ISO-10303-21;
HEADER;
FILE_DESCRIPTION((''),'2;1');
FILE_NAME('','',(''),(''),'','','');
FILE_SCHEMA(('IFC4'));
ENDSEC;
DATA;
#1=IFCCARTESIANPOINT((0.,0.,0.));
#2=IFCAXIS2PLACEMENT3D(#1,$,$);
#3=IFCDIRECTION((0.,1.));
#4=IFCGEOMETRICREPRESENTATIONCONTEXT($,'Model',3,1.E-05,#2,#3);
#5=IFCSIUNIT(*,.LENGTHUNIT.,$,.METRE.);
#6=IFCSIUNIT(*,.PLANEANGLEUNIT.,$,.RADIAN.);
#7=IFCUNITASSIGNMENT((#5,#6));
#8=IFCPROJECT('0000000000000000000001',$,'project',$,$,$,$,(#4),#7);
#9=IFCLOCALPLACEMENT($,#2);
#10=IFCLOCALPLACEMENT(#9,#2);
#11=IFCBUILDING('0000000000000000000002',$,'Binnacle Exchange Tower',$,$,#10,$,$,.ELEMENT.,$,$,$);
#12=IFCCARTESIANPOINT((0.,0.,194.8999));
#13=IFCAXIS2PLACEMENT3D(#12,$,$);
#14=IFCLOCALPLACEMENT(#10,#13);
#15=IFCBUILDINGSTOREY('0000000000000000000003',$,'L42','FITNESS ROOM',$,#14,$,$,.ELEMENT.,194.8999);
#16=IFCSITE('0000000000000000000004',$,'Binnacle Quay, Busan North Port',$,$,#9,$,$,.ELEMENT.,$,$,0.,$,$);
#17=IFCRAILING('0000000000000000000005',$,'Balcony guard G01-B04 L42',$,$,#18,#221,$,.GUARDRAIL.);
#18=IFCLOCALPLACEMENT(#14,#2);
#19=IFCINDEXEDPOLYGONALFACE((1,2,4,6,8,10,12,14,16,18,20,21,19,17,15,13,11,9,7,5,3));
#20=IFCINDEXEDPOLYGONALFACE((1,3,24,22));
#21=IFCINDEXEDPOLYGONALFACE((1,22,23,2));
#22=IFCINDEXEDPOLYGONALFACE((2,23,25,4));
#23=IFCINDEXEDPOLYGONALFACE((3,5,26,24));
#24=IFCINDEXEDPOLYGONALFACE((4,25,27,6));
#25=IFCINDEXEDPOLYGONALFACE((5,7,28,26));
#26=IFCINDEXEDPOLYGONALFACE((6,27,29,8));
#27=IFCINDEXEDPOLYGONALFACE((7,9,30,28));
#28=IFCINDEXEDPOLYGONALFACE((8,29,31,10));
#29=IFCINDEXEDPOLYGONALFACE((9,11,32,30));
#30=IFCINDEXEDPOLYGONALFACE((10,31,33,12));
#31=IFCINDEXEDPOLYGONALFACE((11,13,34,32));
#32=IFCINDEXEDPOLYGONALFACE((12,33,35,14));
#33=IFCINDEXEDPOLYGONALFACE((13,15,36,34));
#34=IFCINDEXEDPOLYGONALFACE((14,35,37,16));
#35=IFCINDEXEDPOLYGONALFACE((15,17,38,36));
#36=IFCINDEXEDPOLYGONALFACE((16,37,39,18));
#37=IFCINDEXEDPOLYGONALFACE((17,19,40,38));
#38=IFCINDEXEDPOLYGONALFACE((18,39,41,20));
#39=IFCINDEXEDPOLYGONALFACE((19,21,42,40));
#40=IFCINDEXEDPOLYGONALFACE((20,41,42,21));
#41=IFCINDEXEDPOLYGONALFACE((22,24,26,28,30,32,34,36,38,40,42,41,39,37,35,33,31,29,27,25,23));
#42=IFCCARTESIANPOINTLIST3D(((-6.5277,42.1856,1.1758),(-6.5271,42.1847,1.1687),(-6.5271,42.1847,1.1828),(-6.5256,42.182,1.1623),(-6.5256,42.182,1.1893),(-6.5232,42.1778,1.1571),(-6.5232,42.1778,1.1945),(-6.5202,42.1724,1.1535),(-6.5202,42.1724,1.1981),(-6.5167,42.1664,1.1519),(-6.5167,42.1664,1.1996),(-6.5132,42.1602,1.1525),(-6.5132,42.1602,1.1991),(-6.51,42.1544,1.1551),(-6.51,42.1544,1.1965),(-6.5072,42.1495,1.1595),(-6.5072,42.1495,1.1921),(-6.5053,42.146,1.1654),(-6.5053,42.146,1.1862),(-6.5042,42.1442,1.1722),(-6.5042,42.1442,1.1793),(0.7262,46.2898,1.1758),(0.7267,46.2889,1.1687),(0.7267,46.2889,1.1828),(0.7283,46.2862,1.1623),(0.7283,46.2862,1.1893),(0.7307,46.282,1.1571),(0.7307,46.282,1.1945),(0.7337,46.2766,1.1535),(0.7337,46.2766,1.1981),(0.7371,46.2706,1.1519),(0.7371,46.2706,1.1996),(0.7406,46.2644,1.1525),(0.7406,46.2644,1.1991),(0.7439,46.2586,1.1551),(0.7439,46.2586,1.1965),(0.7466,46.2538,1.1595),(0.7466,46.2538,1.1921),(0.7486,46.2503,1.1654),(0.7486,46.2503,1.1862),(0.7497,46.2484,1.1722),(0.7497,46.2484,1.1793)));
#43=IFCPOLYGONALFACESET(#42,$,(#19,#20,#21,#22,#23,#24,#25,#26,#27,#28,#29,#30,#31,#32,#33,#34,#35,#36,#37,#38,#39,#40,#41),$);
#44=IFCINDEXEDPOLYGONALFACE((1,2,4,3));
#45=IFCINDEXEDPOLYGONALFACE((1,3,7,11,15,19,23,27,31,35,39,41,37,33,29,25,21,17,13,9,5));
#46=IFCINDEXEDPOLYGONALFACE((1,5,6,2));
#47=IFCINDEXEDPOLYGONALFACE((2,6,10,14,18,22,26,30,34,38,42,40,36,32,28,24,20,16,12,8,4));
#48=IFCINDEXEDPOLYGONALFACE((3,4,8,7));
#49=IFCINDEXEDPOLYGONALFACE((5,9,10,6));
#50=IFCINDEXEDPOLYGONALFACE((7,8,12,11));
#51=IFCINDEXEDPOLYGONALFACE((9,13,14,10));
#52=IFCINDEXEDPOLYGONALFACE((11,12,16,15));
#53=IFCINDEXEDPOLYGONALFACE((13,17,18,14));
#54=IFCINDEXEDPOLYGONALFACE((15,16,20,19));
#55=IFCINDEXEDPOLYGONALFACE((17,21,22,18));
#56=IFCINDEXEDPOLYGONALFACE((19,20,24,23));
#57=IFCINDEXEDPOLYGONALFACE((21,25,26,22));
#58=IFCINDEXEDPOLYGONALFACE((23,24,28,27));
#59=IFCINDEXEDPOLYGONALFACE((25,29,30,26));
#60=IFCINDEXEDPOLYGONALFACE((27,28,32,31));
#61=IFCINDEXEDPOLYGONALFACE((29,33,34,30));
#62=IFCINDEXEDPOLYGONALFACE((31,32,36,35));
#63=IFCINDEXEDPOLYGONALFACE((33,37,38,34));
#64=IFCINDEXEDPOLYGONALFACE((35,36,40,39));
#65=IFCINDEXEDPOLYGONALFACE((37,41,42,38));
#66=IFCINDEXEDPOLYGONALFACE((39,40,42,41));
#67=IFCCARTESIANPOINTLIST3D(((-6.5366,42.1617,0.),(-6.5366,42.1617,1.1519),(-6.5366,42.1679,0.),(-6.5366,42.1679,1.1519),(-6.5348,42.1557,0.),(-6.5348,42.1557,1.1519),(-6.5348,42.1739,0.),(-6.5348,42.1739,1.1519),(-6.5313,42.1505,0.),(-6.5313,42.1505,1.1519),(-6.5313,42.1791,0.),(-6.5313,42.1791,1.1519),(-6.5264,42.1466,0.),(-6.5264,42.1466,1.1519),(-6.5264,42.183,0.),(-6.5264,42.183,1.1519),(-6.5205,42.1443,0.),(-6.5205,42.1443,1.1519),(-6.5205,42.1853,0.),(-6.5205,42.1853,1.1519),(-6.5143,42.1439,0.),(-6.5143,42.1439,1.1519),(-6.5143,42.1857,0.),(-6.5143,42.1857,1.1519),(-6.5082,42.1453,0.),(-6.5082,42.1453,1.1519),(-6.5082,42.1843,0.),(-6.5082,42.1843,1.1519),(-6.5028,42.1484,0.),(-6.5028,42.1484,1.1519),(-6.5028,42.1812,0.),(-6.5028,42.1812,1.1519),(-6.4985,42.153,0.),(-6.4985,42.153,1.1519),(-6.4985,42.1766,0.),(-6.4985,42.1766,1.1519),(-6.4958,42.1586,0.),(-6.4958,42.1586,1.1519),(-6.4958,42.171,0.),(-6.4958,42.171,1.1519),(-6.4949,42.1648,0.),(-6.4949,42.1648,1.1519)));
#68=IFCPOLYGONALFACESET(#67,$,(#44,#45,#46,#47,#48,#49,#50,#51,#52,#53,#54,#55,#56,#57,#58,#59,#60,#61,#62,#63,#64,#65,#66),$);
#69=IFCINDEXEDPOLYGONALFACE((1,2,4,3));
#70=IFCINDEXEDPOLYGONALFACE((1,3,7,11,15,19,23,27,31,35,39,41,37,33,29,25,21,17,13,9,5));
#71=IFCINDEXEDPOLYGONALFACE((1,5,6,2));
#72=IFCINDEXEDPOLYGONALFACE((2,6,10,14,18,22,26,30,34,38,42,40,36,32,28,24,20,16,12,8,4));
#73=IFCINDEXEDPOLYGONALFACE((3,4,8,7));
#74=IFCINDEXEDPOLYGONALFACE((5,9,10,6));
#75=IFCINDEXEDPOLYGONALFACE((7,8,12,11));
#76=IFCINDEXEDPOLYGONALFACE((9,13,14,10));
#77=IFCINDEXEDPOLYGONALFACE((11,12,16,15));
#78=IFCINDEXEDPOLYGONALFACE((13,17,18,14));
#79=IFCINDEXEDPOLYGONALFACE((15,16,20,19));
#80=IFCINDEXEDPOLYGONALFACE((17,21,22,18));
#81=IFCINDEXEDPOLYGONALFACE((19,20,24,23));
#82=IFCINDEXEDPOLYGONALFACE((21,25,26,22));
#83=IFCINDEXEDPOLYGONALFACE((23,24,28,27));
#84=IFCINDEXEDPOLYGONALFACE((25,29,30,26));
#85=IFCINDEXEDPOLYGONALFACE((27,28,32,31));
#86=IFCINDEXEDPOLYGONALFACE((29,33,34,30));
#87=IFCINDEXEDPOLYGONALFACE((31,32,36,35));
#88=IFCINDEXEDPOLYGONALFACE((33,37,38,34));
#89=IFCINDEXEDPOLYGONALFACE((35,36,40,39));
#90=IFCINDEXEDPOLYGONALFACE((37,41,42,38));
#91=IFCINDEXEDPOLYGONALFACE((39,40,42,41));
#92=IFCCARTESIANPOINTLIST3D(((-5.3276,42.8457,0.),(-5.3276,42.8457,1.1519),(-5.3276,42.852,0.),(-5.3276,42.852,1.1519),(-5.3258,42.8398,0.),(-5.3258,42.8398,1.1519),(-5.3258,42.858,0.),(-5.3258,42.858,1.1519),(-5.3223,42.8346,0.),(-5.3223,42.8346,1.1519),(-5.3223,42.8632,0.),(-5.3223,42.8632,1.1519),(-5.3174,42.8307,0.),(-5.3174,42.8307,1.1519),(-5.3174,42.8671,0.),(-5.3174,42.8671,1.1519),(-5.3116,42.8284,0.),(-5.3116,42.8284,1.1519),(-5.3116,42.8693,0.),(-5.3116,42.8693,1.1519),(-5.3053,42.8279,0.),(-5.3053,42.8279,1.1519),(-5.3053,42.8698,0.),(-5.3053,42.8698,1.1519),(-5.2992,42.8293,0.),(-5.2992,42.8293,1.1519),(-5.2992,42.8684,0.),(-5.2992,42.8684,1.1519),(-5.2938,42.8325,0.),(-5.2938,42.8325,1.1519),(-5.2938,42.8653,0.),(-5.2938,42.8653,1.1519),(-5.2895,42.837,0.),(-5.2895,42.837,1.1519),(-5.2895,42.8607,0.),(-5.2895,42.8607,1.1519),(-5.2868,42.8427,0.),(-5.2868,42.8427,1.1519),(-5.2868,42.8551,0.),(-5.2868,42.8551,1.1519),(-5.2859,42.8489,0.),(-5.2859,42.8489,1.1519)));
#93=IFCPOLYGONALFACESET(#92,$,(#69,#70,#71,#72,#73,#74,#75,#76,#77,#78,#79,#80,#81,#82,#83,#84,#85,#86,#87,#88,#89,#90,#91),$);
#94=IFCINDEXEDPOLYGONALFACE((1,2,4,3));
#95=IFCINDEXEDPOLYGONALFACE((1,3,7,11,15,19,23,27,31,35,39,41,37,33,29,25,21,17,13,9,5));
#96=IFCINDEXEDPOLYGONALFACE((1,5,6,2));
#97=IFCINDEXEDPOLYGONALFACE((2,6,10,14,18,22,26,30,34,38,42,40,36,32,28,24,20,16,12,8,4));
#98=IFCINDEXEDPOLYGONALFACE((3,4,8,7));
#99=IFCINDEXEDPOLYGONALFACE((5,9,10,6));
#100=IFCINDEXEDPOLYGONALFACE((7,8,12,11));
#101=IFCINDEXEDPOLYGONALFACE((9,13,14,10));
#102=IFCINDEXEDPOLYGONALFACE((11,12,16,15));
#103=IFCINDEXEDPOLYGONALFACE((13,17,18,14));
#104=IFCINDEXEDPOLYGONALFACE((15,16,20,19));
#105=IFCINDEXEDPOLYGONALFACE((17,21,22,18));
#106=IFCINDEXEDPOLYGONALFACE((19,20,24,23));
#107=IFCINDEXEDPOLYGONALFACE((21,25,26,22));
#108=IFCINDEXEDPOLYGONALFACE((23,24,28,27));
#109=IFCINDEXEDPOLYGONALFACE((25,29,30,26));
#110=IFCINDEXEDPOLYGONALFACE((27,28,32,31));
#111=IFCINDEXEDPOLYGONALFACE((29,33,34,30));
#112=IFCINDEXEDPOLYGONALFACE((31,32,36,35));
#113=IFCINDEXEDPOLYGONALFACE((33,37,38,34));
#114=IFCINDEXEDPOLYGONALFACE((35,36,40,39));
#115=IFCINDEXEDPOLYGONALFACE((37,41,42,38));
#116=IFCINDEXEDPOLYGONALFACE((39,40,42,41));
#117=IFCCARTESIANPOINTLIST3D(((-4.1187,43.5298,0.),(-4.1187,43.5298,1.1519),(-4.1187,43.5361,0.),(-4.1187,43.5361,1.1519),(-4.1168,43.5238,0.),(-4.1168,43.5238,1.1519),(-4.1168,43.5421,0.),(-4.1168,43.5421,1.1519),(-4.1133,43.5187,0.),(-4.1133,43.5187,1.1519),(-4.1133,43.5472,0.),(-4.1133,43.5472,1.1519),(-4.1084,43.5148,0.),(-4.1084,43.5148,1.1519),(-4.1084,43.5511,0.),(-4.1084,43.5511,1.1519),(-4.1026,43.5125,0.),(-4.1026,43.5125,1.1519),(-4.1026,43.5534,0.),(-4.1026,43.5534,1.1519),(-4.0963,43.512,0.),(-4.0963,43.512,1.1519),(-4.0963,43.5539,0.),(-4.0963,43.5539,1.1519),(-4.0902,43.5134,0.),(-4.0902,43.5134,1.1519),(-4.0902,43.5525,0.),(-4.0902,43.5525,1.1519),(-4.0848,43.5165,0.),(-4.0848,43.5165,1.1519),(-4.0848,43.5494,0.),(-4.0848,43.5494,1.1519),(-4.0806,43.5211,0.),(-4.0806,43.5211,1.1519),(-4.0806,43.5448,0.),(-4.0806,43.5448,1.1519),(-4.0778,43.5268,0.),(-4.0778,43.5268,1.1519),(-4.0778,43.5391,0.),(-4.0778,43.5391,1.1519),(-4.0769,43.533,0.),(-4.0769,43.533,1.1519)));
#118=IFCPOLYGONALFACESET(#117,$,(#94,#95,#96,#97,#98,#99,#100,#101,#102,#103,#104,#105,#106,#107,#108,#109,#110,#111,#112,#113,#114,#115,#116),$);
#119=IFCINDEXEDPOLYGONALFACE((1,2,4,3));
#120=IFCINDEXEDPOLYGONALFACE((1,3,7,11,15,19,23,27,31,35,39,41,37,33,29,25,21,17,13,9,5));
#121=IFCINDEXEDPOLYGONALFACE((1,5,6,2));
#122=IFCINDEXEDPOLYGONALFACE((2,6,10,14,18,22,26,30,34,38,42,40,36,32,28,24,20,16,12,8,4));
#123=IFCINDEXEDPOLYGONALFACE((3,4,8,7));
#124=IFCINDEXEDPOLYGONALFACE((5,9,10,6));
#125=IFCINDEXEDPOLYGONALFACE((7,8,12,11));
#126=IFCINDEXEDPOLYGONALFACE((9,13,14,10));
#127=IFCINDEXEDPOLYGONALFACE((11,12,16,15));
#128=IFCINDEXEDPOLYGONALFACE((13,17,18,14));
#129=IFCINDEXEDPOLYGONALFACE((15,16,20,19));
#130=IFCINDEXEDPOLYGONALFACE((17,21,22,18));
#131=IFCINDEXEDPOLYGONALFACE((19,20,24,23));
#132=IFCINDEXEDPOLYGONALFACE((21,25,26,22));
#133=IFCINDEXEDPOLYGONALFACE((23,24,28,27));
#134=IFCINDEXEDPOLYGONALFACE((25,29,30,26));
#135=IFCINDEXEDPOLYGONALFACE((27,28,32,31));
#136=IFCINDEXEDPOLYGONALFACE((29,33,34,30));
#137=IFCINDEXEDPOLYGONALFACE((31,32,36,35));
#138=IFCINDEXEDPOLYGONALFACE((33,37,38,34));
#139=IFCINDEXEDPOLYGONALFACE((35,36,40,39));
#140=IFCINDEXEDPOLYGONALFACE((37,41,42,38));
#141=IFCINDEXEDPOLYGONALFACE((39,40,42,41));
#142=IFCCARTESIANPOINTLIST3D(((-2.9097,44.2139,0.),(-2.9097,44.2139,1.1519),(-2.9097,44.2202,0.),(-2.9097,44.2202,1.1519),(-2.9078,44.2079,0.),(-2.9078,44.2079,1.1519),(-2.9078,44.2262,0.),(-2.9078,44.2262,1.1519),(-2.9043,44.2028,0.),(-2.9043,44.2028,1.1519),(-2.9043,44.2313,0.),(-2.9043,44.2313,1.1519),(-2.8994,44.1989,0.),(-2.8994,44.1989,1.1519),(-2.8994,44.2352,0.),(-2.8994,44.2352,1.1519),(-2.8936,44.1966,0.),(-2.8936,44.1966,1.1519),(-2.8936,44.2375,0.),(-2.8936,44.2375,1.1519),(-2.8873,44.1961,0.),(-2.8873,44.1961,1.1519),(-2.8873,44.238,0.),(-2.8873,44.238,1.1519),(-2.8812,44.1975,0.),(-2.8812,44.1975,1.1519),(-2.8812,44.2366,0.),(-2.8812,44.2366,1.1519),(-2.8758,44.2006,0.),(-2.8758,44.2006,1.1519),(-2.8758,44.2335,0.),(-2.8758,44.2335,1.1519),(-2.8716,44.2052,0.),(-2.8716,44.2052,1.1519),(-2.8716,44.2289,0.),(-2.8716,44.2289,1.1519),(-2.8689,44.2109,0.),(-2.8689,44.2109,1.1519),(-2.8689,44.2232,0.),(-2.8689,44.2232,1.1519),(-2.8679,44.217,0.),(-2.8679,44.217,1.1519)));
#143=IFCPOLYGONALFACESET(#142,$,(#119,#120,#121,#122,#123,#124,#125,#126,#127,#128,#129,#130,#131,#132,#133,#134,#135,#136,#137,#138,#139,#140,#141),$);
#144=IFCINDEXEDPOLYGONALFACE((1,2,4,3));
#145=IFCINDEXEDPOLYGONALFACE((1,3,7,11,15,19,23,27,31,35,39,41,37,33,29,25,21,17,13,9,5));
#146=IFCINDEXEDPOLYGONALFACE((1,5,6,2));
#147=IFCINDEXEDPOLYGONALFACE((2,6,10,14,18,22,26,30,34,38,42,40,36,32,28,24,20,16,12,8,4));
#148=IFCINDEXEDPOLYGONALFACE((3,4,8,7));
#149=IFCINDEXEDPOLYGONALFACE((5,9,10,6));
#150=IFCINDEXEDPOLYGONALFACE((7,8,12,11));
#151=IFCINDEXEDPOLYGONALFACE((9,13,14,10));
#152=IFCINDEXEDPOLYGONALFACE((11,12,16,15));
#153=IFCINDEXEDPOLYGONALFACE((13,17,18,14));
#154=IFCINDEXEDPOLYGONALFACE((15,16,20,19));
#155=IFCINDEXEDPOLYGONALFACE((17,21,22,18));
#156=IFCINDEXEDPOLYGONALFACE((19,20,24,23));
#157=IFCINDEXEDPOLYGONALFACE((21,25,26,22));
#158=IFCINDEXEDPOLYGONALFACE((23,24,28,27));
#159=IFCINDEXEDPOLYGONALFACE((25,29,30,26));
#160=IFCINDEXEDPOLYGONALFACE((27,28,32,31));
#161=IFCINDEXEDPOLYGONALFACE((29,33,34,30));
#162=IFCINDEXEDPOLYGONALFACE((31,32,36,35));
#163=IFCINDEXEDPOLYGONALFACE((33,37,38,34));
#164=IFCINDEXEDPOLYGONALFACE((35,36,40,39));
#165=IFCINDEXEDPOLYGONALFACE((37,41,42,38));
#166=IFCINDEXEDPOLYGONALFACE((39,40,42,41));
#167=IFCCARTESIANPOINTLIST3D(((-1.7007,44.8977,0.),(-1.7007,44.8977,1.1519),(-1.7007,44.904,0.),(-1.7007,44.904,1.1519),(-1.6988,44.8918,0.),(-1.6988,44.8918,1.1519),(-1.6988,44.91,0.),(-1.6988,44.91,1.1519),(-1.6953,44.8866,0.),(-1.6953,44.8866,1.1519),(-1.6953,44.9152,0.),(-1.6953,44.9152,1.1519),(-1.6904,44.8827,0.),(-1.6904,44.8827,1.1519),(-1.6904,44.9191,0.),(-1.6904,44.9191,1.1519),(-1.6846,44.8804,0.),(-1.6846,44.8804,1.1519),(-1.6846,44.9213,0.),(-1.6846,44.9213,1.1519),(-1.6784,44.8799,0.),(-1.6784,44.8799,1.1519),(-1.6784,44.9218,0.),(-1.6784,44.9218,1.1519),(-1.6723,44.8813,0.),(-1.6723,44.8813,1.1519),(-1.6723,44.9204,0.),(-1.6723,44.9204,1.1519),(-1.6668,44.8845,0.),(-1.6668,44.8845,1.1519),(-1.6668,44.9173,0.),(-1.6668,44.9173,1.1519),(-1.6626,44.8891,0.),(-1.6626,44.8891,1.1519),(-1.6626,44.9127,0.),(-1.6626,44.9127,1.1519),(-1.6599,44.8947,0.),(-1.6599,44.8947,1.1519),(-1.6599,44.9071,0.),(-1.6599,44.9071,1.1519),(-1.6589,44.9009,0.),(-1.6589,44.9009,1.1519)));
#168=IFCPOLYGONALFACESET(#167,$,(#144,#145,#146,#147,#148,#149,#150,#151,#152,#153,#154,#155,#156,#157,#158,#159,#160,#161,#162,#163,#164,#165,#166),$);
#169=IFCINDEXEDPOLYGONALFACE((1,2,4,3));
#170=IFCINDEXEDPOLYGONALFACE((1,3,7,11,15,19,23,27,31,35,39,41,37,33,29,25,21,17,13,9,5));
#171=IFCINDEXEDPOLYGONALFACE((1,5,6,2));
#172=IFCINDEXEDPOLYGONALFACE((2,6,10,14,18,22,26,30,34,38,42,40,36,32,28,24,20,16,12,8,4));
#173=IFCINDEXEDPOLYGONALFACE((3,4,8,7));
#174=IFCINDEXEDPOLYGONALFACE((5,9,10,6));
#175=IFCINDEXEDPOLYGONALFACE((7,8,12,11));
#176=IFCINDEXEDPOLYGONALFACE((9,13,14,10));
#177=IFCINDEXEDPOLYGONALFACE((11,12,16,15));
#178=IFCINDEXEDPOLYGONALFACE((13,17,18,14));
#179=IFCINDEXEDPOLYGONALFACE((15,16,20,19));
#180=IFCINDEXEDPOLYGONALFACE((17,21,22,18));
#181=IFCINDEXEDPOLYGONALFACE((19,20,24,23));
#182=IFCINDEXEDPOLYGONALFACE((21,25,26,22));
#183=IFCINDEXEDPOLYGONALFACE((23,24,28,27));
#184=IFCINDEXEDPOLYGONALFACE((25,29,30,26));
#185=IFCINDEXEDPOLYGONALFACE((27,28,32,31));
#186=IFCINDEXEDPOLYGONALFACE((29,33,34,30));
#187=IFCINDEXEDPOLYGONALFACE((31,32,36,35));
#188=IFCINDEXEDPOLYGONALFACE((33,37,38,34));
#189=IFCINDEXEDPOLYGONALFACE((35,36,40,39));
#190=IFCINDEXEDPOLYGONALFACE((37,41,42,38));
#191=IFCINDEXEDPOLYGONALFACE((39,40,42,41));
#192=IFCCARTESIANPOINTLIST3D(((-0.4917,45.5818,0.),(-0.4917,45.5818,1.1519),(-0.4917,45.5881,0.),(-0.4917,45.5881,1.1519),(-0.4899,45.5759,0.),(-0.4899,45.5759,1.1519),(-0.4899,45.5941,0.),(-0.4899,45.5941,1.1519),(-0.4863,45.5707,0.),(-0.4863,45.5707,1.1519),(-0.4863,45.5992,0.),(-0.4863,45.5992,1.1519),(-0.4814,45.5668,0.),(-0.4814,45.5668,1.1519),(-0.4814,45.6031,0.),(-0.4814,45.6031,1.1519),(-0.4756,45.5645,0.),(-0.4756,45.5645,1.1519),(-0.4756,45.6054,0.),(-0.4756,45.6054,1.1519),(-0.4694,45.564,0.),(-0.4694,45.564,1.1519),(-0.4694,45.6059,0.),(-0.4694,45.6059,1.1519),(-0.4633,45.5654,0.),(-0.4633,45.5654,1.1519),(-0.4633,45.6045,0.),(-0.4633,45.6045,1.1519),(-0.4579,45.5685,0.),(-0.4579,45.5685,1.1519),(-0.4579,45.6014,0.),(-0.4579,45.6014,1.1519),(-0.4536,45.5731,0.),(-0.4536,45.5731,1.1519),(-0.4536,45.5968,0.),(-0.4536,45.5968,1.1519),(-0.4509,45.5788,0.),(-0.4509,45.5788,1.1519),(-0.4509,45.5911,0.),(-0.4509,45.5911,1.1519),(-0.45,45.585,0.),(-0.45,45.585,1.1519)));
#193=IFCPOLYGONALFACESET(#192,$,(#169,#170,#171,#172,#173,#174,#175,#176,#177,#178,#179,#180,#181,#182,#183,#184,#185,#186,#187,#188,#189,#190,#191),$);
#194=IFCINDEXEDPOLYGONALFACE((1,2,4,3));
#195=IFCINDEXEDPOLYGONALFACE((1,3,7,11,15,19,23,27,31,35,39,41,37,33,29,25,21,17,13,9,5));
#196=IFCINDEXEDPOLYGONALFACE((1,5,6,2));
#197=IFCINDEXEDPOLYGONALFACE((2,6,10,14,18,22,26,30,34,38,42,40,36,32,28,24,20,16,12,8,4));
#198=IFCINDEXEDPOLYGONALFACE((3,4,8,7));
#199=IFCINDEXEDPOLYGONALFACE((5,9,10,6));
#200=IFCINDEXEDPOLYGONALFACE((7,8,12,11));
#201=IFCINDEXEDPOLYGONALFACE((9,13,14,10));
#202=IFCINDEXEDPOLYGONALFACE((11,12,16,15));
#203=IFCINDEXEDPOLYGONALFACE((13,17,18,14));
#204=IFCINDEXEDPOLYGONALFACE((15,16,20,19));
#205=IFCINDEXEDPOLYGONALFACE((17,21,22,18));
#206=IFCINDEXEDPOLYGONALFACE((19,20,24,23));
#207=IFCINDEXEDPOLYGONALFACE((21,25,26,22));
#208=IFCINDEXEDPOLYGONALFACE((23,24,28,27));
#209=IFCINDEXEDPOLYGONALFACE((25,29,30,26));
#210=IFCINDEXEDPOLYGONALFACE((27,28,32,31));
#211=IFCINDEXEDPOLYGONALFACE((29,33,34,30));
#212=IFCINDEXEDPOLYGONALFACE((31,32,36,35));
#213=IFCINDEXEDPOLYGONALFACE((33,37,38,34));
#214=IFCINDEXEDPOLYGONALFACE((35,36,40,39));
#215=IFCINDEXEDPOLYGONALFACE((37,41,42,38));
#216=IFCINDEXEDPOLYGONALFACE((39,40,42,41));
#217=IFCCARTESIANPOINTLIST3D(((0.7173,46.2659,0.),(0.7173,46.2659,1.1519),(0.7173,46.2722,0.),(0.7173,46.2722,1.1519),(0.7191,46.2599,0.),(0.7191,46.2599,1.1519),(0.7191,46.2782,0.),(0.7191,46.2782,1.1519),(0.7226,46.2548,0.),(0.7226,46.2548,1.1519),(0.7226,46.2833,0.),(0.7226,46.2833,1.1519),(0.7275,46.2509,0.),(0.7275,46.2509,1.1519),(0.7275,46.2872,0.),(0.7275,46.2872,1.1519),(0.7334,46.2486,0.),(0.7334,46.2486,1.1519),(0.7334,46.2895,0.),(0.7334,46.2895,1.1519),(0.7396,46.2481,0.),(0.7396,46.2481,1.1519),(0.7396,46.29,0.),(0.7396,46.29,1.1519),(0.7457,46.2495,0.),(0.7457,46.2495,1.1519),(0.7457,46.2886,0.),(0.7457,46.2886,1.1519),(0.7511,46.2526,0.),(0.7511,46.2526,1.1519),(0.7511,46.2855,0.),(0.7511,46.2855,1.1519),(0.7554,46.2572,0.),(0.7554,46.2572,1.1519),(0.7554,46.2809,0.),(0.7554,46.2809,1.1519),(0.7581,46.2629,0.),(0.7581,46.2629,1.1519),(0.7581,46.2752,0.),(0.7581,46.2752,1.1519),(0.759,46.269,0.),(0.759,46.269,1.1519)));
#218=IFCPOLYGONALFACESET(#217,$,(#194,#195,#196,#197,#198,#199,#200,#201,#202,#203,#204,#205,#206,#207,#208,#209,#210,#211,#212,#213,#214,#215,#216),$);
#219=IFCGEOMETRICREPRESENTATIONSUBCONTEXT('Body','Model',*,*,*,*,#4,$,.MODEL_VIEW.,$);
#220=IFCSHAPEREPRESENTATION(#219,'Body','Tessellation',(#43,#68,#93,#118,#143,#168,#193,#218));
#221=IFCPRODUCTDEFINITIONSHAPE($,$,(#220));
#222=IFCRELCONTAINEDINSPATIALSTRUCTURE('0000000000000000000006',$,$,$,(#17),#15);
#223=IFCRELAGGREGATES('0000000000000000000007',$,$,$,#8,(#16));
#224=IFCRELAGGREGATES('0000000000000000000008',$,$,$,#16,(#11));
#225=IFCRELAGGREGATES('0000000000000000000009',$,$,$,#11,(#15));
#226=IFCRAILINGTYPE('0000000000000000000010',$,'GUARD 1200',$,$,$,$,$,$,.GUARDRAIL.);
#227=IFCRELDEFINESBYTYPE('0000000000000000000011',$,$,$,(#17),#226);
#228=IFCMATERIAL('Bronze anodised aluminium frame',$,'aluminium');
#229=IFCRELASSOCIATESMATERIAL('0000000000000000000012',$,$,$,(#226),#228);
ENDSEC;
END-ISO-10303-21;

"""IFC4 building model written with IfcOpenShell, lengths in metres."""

from ifc_helpers import new_model, si_unit, direction, frame, origin, origin_2d, place, context, subcontext, project, spatial, circle, extrude, material, type_object, element, save


model = new_model("IFC4")

# Units and contexts
model_context = context("Model", 3, precision=1e-05, world=origin(), true_north=direction((0.0, 1.0)))
body_context = subcontext(model_context, "Body", "Model", "MODEL_VIEW")
ifc_project = project(units=[si_unit("LENGTHUNIT", "METRE"), si_unit("PLANEANGLEUNIT", "RADIAN")], contexts=[model_context])

# Site, building, storey
site_placement = place(None, origin())
site = spatial("IfcSite", under=ifc_project, at=site_placement, Name="Binnacle Quay, Busan North Port", CompositionType="ELEMENT", RefElevation=0.0)
building_placement = place(site_placement, origin())
building = spatial("IfcBuilding", under=site, at=building_placement, Name="Binnacle Exchange Tower", CompositionType="ELEMENT")
storey_placement = place(building_placement, frame((0.0, 0.0, 194.8999)))
storey = spatial("IfcBuildingStorey", under=building, at=storey_placement, Name="L42", Description="FITNESS ROOM", CompositionType="ELEMENT", Elevation=194.8999)

# Shared definitions
ifc_material_1 = material(Name="Bronze anodised aluminium frame", Category="aluminium")

# Railing
railing_type = type_object("IfcRailingType", Name="GUARD 1200", PredefinedType="GUARDRAIL", material=ifc_material_1)
railing_placement = place(storey_placement, frame((-6.5159, 42.1648, 0.0)))
element("IfcRailing", 1, at=railing_placement, inside=storey, type_object=railing_type, Name="Balcony guard G01-B04 L42", PredefinedType="GUARDRAIL", context=body_context, shape_type="SweptSolid", body=[
    extrude(circle(Radius=0.0239, at=origin_2d()), frame((0.0, 0.0, 1.1758), z_axis=(0.870346, 0.49244, 0.0), x_axis=(-0.49244, 0.870346, 0.0)), (0.0, 0.0, 1.0), 8.3345),
    extrude(circle(Radius=0.021, at=origin_2d()), origin(), (0.0, 0.0, 1.0), 1.1519),
    extrude(circle(Radius=0.021, at=origin_2d()), frame((1.209, 0.6841, 0.0)), (0.0, 0.0, 1.0), 1.1519),
    extrude(circle(Radius=0.021, at=origin_2d()), frame((2.418, 1.3682, 0.0)), (0.0, 0.0, 1.0), 1.1519),
    extrude(circle(Radius=0.021, at=origin_2d()), frame((3.627, 2.0522, 0.0)), (0.0, 0.0, 1.0), 1.1519),
    extrude(circle(Radius=0.021, at=origin_2d()), frame((4.8359, 2.7361, 0.0)), (0.0, 0.0, 1.0), 1.1519),
    extrude(circle(Radius=0.021, at=origin_2d()), frame((6.0449, 3.4202, 0.0)), (0.0, 0.0, 1.0), 1.1519),
    extrude(circle(Radius=0.021, at=origin_2d()), frame((7.2539, 4.1042, 0.0)), (0.0, 0.0, 1.0), 1.1519),
])

save(model, "model.ifc")
